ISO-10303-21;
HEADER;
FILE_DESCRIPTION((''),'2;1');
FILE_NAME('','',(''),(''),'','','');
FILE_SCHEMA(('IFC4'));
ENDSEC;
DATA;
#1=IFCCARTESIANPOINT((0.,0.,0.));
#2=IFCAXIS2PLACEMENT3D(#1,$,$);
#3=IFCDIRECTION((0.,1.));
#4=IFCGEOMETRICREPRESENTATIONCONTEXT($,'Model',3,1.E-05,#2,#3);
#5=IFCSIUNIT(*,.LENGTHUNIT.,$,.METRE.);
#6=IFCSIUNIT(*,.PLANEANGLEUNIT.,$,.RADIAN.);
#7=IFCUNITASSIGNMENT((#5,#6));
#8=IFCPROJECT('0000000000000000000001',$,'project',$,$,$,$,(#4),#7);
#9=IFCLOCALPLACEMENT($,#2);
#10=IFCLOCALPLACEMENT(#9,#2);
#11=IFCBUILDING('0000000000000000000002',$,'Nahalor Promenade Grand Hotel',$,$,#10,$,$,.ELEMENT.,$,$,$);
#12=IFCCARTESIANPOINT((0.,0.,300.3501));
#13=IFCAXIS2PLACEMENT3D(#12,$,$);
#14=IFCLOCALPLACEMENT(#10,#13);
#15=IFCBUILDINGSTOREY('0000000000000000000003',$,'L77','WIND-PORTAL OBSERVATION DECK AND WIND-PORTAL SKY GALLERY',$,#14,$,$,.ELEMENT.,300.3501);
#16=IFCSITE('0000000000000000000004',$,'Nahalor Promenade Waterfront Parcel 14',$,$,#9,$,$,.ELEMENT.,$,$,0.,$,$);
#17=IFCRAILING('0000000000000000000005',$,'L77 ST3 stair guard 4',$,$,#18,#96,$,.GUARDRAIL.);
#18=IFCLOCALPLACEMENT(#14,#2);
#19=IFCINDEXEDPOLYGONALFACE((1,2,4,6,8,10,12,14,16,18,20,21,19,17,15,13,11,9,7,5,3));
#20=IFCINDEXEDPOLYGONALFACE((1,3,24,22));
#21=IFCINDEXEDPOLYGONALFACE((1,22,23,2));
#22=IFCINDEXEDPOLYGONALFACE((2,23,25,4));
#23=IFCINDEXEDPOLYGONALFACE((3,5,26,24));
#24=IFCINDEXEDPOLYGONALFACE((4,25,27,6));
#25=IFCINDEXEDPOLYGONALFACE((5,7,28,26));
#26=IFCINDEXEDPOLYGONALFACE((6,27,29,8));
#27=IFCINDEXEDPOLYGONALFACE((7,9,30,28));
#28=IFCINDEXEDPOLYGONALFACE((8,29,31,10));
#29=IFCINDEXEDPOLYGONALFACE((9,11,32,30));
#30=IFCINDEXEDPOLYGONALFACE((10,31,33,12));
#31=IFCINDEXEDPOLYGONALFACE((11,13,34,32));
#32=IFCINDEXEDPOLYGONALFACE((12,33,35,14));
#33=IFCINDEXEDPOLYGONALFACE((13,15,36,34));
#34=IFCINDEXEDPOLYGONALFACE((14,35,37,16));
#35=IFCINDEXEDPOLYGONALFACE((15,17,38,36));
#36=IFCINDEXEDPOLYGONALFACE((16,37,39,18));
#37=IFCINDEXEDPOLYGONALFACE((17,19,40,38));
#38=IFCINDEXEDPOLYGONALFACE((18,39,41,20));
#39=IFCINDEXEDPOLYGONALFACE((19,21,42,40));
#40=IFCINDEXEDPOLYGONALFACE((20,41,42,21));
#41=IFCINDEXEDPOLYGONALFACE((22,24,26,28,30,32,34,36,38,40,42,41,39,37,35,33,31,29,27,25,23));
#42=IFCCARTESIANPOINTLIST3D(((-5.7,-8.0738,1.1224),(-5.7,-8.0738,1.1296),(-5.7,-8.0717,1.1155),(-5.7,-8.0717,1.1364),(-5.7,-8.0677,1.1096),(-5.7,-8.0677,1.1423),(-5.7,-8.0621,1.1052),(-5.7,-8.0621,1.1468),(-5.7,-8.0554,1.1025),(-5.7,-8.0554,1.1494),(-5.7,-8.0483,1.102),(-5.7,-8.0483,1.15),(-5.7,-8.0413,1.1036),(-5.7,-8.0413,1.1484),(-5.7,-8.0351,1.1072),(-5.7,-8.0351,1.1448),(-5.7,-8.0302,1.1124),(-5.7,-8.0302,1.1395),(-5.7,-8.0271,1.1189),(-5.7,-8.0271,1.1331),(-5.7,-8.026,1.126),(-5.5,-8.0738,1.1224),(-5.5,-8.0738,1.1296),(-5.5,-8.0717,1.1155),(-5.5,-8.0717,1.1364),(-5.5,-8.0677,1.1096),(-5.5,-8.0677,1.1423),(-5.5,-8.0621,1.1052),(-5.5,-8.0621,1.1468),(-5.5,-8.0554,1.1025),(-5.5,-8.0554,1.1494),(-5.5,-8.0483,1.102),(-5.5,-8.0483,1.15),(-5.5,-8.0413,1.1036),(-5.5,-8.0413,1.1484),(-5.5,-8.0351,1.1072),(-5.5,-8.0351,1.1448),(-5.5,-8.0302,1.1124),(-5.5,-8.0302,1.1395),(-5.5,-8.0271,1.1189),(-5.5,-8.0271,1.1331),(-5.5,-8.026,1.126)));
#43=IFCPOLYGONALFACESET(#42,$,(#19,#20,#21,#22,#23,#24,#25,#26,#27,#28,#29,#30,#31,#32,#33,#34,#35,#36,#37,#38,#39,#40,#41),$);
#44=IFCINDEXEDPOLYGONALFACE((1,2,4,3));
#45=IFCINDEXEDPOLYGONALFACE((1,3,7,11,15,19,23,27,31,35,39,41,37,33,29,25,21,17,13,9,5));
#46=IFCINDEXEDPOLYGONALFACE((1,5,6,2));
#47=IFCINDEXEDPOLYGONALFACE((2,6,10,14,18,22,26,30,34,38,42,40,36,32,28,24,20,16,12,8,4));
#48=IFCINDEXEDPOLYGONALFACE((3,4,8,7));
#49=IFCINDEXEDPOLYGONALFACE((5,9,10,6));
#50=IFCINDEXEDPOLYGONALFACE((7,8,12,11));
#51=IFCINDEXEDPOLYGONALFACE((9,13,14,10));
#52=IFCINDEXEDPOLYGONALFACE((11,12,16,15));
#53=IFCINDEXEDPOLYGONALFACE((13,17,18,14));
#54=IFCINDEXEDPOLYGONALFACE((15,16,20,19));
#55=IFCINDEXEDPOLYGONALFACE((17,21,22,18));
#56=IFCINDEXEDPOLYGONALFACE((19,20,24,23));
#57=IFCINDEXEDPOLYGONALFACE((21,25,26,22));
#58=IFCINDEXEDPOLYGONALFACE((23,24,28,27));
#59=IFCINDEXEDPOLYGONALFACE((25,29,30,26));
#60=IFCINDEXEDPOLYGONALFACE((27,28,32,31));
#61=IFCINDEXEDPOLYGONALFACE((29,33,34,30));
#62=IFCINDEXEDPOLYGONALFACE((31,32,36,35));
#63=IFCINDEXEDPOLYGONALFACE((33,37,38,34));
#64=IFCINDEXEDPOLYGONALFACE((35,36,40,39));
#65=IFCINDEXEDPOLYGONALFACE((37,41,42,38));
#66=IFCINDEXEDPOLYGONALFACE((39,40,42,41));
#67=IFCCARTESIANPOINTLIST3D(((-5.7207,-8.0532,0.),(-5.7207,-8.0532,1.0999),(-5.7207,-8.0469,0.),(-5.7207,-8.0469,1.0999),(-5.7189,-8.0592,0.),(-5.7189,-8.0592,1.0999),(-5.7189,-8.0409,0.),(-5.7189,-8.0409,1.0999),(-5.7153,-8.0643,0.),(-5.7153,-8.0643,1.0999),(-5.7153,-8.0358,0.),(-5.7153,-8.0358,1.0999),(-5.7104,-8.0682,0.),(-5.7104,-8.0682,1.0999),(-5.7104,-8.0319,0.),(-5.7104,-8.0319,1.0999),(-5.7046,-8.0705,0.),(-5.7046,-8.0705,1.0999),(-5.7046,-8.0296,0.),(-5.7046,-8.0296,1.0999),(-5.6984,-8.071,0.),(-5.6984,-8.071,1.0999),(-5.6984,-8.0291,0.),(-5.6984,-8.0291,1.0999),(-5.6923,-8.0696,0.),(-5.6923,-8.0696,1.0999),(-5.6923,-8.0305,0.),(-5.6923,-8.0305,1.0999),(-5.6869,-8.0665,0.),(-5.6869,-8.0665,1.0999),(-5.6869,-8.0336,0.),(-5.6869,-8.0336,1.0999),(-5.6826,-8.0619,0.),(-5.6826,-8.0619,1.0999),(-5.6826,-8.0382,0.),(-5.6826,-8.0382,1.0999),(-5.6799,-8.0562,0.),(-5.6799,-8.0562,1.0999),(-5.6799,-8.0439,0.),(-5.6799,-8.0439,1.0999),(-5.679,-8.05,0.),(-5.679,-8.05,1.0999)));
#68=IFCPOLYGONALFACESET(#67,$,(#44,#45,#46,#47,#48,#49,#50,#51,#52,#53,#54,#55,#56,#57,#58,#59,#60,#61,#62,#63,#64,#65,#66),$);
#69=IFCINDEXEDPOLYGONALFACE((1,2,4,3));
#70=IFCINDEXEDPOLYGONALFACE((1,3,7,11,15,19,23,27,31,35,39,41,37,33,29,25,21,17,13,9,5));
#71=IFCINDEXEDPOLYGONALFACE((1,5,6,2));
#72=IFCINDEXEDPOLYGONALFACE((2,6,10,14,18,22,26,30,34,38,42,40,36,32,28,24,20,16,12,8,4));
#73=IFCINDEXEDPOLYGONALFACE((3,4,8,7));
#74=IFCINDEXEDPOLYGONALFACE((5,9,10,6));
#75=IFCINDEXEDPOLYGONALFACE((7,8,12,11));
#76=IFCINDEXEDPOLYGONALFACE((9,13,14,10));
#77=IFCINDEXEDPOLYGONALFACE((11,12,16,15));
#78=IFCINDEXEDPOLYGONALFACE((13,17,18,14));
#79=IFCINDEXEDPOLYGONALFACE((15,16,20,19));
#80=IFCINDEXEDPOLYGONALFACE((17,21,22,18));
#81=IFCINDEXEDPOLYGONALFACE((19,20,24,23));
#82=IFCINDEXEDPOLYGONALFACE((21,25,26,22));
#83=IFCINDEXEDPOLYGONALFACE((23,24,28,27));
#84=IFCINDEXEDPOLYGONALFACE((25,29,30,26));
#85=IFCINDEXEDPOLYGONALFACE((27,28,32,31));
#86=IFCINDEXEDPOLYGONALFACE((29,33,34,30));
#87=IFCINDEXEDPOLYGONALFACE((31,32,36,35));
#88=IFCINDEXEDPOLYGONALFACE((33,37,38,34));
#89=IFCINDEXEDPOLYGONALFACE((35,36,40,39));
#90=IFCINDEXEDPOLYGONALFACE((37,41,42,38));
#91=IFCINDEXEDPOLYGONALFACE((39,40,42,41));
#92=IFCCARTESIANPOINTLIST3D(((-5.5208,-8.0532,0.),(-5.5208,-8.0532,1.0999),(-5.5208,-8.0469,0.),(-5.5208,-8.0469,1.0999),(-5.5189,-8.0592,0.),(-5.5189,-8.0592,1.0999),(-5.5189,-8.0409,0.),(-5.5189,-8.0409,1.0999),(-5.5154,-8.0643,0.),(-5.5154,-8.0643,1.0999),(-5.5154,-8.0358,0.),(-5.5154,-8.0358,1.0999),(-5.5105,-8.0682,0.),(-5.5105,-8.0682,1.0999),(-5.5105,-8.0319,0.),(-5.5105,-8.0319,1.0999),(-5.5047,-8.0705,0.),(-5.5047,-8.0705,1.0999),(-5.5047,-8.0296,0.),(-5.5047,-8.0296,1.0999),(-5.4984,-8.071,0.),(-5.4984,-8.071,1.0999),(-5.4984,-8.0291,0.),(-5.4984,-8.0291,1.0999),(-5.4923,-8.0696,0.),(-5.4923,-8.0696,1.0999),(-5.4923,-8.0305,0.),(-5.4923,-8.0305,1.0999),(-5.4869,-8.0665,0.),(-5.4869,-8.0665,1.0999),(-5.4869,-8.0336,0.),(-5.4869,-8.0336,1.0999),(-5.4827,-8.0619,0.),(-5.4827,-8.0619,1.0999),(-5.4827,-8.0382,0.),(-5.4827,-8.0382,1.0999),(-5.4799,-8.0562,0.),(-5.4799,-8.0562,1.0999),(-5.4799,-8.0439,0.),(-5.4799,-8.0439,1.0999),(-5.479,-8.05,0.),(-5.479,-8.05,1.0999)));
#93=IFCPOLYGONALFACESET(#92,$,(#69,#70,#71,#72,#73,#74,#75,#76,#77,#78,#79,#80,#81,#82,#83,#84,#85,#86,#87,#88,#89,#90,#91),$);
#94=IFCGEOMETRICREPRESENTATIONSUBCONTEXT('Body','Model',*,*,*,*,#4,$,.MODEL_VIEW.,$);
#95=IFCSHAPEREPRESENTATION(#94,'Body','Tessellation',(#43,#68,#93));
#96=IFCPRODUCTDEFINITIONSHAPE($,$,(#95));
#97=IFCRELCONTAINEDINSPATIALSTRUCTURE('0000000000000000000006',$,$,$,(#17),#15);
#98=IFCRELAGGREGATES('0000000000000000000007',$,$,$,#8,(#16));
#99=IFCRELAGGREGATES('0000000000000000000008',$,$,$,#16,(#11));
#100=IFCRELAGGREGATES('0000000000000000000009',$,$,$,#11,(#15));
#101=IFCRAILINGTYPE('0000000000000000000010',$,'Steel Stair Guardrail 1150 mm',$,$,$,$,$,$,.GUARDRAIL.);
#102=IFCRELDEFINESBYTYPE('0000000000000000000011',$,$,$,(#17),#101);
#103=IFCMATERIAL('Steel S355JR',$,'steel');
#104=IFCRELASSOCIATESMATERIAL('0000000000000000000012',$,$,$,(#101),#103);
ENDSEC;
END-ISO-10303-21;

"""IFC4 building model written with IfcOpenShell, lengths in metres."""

from ifc_helpers import new_model, si_unit, direction, frame, origin, origin_2d, place, context, subcontext, project, spatial, circle, extrude, material, type_object, element, save


model = new_model("IFC4")

# Units and contexts
model_context = context("Model", 3, precision=1e-05, world=origin(), true_north=direction((0.0, 1.0)))
body_context = subcontext(model_context, "Body", "Model", "MODEL_VIEW")
ifc_project = project(units=[si_unit("LENGTHUNIT", "METRE"), si_unit("PLANEANGLEUNIT", "RADIAN")], contexts=[model_context])

# Site, building, storey
site_placement = place(None, origin())
site = spatial("IfcSite", under=ifc_project, at=site_placement, Name="Nahalor Promenade Waterfront Parcel 14", CompositionType="ELEMENT", RefElevation=0.0)
building_placement = place(site_placement, origin())
building = spatial("IfcBuilding", under=site, at=building_placement, Name="Nahalor Promenade Grand Hotel", CompositionType="ELEMENT")
storey_placement = place(building_placement, frame((0.0, 0.0, 300.3501)))
storey = spatial("IfcBuildingStorey", under=building, at=storey_placement, Name="L77", Description="WIND-PORTAL OBSERVATION DECK AND WIND-PORTAL SKY GALLERY", CompositionType="ELEMENT", Elevation=300.3501)

# Shared definitions
ifc_material_1 = material(Name="Steel S355JR", Category="steel")

# Railing
railing_type_1 = type_object("IfcRailingType", Name="Steel Stair Guardrail 1150 mm", PredefinedType="GUARDRAIL", material=ifc_material_1)
railing_1_placement = place(storey_placement, frame((-5.7, -8.05, 0.0)))
element("IfcRailing", 1, at=railing_1_placement, inside=storey, type_object=railing_type_1, Name="L77 ST3 stair guard 4", PredefinedType="GUARDRAIL", context=body_context, shape_type="SweptSolid", body=[
    extrude(circle(Radius=0.024, at=origin_2d()), frame((0.0, 0.0, 1.126), z_axis=(1.0, 0.0, 0.0), x_axis=(0.0, 1.0, 0.0)), (0.0, 0.0, 1.0), 0.2),
    extrude(circle(Radius=0.021, at=origin_2d()), origin(), (0.0, 0.0, 1.0), 1.0999),
    extrude(circle(Radius=0.021, at=origin_2d()), frame((0.2, 0.0, 0.0)), (0.0, 0.0, 1.0), 1.0999),
])

save(model, "model.ifc")
